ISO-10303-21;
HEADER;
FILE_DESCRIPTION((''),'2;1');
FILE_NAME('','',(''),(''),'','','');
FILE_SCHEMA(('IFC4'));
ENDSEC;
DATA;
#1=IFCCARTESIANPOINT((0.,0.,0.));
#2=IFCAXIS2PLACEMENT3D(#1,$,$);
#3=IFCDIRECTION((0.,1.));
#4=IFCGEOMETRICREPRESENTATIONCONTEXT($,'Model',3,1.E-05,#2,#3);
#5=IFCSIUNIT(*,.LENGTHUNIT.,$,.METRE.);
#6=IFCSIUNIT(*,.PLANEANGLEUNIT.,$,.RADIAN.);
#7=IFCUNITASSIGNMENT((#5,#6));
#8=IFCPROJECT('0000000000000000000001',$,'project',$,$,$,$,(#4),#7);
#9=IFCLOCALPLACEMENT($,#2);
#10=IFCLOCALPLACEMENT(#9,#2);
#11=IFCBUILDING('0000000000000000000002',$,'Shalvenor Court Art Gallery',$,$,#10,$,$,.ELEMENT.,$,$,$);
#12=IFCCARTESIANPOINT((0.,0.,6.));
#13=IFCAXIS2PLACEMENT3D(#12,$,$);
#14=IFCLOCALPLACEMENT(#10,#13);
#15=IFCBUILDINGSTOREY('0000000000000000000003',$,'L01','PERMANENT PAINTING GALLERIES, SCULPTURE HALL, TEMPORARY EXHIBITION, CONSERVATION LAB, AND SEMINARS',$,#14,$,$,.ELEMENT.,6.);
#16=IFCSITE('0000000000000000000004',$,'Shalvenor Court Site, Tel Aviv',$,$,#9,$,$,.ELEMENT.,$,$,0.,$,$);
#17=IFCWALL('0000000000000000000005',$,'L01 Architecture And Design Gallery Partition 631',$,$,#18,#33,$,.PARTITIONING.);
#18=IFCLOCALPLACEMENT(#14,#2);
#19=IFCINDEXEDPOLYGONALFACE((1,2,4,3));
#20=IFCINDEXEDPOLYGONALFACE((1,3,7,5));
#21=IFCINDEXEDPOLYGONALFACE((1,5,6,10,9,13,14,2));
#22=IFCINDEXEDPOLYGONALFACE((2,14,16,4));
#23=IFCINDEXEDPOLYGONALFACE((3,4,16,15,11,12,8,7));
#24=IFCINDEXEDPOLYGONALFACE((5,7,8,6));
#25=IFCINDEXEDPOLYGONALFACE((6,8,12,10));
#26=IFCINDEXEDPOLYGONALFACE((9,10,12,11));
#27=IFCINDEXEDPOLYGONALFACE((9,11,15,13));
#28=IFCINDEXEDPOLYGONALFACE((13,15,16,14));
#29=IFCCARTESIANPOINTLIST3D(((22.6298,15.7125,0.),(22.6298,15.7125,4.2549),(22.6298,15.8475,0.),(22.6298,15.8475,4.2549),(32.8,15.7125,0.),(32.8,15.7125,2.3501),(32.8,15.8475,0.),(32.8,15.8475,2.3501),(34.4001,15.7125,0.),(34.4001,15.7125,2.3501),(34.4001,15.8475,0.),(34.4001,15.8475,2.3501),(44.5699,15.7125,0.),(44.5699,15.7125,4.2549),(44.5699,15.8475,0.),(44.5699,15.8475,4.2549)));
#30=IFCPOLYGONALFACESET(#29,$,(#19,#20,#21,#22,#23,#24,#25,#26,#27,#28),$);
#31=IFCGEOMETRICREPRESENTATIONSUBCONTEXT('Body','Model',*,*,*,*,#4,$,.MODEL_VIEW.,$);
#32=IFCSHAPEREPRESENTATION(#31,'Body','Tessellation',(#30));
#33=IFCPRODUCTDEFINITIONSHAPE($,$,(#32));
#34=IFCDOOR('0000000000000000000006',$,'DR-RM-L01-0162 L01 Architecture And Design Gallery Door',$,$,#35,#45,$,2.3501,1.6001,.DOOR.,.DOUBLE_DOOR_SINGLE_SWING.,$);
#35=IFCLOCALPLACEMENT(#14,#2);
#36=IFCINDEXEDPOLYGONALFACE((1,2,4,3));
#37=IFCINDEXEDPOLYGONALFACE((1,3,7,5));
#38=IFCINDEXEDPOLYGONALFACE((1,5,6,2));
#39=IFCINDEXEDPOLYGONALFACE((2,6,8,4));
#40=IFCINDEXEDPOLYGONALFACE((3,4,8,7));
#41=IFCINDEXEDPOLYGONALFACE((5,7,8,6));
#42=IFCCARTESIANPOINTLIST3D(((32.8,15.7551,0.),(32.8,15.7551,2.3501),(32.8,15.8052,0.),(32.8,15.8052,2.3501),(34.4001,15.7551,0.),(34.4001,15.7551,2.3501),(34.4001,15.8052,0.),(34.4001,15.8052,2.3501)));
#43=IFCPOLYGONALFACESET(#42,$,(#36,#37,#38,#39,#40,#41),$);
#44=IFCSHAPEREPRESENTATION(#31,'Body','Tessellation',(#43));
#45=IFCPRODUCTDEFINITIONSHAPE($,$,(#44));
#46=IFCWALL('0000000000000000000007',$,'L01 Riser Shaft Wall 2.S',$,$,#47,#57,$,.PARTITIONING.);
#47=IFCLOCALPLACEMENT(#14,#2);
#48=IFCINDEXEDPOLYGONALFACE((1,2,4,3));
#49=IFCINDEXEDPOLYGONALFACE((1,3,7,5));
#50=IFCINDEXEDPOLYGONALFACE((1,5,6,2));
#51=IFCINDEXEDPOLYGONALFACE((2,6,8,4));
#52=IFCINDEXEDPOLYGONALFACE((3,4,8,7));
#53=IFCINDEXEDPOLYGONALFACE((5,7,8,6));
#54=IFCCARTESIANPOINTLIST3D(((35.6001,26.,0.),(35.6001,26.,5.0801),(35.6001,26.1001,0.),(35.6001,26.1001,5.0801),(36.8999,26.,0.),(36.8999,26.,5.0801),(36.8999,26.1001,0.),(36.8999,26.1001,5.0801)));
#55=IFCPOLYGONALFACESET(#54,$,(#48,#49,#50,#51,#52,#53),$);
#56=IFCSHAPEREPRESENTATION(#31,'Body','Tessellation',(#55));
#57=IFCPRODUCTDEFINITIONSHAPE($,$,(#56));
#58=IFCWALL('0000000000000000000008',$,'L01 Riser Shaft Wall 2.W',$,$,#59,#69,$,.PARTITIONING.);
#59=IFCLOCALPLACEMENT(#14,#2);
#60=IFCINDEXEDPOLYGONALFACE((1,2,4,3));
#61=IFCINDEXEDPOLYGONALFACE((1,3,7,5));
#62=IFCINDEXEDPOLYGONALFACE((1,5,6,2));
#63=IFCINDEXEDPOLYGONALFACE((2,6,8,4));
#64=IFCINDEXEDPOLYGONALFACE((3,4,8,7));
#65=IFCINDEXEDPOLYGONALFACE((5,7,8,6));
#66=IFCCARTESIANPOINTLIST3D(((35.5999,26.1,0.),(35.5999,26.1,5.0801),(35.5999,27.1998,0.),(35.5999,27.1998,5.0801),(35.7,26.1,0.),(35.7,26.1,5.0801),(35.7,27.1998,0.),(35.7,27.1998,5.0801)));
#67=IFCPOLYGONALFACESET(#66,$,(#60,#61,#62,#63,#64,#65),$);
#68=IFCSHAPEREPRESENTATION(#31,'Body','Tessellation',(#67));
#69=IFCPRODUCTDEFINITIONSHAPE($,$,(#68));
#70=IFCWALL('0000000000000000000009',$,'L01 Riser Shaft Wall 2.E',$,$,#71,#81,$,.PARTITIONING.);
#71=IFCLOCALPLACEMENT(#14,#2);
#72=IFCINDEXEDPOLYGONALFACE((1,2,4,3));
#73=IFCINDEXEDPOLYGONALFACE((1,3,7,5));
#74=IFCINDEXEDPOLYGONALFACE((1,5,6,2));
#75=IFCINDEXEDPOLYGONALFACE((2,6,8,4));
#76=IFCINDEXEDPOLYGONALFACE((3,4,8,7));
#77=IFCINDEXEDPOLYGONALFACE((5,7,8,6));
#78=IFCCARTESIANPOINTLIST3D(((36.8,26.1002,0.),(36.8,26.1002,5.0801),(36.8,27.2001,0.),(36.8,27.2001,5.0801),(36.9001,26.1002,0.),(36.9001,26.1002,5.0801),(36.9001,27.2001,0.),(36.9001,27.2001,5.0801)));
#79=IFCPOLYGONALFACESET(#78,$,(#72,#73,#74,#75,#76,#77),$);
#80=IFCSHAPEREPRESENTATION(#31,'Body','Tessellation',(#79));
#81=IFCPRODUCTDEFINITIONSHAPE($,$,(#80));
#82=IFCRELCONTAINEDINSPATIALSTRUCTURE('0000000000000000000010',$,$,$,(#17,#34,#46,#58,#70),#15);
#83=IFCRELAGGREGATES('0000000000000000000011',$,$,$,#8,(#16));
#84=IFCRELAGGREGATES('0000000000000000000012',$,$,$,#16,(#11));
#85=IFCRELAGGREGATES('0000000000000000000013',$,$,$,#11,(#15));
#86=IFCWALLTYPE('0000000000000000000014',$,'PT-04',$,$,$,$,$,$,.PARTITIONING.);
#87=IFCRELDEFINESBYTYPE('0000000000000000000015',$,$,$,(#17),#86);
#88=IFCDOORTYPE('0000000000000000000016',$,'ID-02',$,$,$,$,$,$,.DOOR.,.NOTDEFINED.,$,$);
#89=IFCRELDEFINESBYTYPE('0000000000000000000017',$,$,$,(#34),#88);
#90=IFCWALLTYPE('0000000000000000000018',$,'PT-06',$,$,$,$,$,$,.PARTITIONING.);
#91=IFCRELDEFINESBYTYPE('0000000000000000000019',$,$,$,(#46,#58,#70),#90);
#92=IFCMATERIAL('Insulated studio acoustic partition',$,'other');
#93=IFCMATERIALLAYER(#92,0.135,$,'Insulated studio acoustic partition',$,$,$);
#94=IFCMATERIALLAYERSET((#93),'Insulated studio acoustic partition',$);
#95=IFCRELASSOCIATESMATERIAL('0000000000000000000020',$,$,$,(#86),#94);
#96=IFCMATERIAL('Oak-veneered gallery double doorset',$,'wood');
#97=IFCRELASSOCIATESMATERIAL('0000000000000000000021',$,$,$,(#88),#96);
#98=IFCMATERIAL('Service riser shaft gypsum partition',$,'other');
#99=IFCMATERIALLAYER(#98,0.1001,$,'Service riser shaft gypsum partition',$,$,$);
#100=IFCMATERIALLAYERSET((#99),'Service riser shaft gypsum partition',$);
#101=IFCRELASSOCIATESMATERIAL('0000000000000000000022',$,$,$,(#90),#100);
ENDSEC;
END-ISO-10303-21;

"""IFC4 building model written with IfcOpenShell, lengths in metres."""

from ifc_helpers import new_model, si_unit, direction, frame, frame_2d, origin, place, context, subcontext, project, spatial, rectangle, extrude, material, layer, layer_set, type_object, element, fill, save


model = new_model("IFC4")

# Units and contexts
model_context = context("Model", 3, precision=1e-05, world=origin(), true_north=direction((0.0, 1.0)))
body_context = subcontext(model_context, "Body", "Model", "MODEL_VIEW")
ifc_project = project(units=[si_unit("LENGTHUNIT", "METRE"), si_unit("PLANEANGLEUNIT", "RADIAN")], contexts=[model_context])

# Site, building, storey
site_placement = place(None, origin())
site = spatial("IfcSite", under=ifc_project, at=site_placement, Name="Shalvenor Court Site, Tel Aviv", CompositionType="ELEMENT", RefElevation=0.0)
building_placement = place(site_placement, origin())
building = spatial("IfcBuilding", under=site, at=building_placement, Name="Shalvenor Court Art Gallery", CompositionType="ELEMENT")
storey_placement = place(building_placement, frame((0.0, 0.0, 6.0)))
storey = spatial("IfcBuildingStorey", under=building, at=storey_placement, Name="L01", Description="PERMANENT PAINTING GALLERIES, SCULPTURE HALL, TEMPORARY EXHIBITION, CONSERVATION LAB, AND SEMINARS", CompositionType="ELEMENT", Elevation=6.0)

# Wall, opening, door
ifc_material_1 = material(Name="Insulated studio acoustic partition", Category="other")
ifc_layer_1 = layer(ifc_material_1, 0.135, Name="Insulated studio acoustic partition")
ifc_layer_set_1 = layer_set([ifc_layer_1], Name="Insulated studio acoustic partition")
wall_type_1 = type_object("IfcWallType", Name="PT-04", PredefinedType="PARTITIONING", material=ifc_layer_set_1)
wall_1_placement = place(storey_placement, frame((44.5701, 15.78, 0.0), z_axis=(0.0, 0.0, 1.0), x_axis=(-1.0, 0.0, 0.0)))
wall_1 = element("IfcWall", 1, at=wall_1_placement, inside=storey, type_object=wall_type_1, Name="L01 Architecture And Design Gallery Partition 631", PredefinedType="PARTITIONING", context=body_context, shape_type="SweptSolid", body=[
    extrude(rectangle(XDim=21.9402, YDim=0.135, at=frame_2d((10.9702, 0.0))), origin(), (0.0, 0.0, 1.0), 4.2549),
])
opening_placement = place(wall_1_placement, frame((10.1699, 0.0, 0.0)))
opening = element("IfcOpeningElement", 2, at=opening_placement, cuts=wall_1, PredefinedType="OPENING", context=body_context, shape_type="SweptSolid", body=[
    extrude(rectangle(XDim=1.6001, YDim=2.3501, at=frame_2d((0.8, 1.175))), frame((0.0, 0.0774, 0.0), z_axis=(0.0, -1.0, 0.0), x_axis=(1.0, 0.0, 0.0)), (0.0, 0.0, 1.0), 0.155),
])
ifc_material_2 = material(Name="Oak-veneered gallery double doorset", Category="wood")
door_type = type_object("IfcDoorType", Name="ID-02", OperationType="NOTDEFINED", PredefinedType="DOOR", material=ifc_material_2)
door_placement = place(opening_placement, origin())
door = element("IfcDoor", 3, at=door_placement, inside=storey, type_object=door_type, Name="DR-RM-L01-0162 L01 Architecture And Design Gallery Door", OperationType="DOUBLE_DOOR_SINGLE_SWING", OverallHeight=2.3501, OverallWidth=1.6001, PredefinedType="DOOR", context=body_context, shape_type="SweptSolid", body=[
    extrude(rectangle(XDim=1.6001, YDim=2.3501, at=frame_2d((0.8, 1.175))), frame((0.0, 0.0249, 0.0), z_axis=(0.0, -1.0, 0.0), x_axis=(1.0, 0.0, 0.0)), (0.0, 0.0, 1.0), 0.05),
])
fill(opening, door)

# Walls
ifc_material_3 = material(Name="Service riser shaft gypsum partition", Category="other")
ifc_layer_2 = layer(ifc_material_3, 0.1001, Name="Service riser shaft gypsum partition")
ifc_layer_set_2 = layer_set([ifc_layer_2], Name="Service riser shaft gypsum partition")
wall_type_2 = type_object("IfcWallType", Name="PT-06", PredefinedType="PARTITIONING", material=ifc_layer_set_2)
wall_2_placement = place(storey_placement, frame((36.8999, 26.05, 0.0), z_axis=(0.0, 0.0, 1.0), x_axis=(-1.0, 0.0, 0.0)))
element("IfcWall", 4, at=wall_2_placement, inside=storey, type_object=wall_type_2, Name="L01 Riser Shaft Wall 2.S", PredefinedType="PARTITIONING", context=body_context, shape_type="SweptSolid", body=[
    extrude(rectangle(XDim=1.2998, YDim=0.1001, at=frame_2d((0.6499, 0.0))), origin(), (0.0, 0.0, 1.0), 5.0801),
])
for number, where, z_axis, x_axis, name in (
    (5, (35.6499, 26.1001, 0.0), (0.0, 0.0, 1.0), (0.0, 1.0, 0.0), "L01 Riser Shaft Wall 2.W"),
    (6, (36.8501, 27.2, 0.0), (0.0, 0.0, 1.0), (0.0, -1.0, 0.0), "L01 Riser Shaft Wall 2.E"),
):
    element("IfcWall", number, at=place(storey_placement, frame(where, z_axis=z_axis, x_axis=x_axis)), inside=storey, type_object=wall_type_2, Name=name, PredefinedType="PARTITIONING", context=body_context, shape_type="SweptSolid", body=[
        extrude(rectangle(XDim=1.0999, YDim=0.1001, at=frame_2d((0.5498, 0.0))), origin(), (0.0, 0.0, 1.0), 5.0801),
    ])

save(model, "model.ifc")
